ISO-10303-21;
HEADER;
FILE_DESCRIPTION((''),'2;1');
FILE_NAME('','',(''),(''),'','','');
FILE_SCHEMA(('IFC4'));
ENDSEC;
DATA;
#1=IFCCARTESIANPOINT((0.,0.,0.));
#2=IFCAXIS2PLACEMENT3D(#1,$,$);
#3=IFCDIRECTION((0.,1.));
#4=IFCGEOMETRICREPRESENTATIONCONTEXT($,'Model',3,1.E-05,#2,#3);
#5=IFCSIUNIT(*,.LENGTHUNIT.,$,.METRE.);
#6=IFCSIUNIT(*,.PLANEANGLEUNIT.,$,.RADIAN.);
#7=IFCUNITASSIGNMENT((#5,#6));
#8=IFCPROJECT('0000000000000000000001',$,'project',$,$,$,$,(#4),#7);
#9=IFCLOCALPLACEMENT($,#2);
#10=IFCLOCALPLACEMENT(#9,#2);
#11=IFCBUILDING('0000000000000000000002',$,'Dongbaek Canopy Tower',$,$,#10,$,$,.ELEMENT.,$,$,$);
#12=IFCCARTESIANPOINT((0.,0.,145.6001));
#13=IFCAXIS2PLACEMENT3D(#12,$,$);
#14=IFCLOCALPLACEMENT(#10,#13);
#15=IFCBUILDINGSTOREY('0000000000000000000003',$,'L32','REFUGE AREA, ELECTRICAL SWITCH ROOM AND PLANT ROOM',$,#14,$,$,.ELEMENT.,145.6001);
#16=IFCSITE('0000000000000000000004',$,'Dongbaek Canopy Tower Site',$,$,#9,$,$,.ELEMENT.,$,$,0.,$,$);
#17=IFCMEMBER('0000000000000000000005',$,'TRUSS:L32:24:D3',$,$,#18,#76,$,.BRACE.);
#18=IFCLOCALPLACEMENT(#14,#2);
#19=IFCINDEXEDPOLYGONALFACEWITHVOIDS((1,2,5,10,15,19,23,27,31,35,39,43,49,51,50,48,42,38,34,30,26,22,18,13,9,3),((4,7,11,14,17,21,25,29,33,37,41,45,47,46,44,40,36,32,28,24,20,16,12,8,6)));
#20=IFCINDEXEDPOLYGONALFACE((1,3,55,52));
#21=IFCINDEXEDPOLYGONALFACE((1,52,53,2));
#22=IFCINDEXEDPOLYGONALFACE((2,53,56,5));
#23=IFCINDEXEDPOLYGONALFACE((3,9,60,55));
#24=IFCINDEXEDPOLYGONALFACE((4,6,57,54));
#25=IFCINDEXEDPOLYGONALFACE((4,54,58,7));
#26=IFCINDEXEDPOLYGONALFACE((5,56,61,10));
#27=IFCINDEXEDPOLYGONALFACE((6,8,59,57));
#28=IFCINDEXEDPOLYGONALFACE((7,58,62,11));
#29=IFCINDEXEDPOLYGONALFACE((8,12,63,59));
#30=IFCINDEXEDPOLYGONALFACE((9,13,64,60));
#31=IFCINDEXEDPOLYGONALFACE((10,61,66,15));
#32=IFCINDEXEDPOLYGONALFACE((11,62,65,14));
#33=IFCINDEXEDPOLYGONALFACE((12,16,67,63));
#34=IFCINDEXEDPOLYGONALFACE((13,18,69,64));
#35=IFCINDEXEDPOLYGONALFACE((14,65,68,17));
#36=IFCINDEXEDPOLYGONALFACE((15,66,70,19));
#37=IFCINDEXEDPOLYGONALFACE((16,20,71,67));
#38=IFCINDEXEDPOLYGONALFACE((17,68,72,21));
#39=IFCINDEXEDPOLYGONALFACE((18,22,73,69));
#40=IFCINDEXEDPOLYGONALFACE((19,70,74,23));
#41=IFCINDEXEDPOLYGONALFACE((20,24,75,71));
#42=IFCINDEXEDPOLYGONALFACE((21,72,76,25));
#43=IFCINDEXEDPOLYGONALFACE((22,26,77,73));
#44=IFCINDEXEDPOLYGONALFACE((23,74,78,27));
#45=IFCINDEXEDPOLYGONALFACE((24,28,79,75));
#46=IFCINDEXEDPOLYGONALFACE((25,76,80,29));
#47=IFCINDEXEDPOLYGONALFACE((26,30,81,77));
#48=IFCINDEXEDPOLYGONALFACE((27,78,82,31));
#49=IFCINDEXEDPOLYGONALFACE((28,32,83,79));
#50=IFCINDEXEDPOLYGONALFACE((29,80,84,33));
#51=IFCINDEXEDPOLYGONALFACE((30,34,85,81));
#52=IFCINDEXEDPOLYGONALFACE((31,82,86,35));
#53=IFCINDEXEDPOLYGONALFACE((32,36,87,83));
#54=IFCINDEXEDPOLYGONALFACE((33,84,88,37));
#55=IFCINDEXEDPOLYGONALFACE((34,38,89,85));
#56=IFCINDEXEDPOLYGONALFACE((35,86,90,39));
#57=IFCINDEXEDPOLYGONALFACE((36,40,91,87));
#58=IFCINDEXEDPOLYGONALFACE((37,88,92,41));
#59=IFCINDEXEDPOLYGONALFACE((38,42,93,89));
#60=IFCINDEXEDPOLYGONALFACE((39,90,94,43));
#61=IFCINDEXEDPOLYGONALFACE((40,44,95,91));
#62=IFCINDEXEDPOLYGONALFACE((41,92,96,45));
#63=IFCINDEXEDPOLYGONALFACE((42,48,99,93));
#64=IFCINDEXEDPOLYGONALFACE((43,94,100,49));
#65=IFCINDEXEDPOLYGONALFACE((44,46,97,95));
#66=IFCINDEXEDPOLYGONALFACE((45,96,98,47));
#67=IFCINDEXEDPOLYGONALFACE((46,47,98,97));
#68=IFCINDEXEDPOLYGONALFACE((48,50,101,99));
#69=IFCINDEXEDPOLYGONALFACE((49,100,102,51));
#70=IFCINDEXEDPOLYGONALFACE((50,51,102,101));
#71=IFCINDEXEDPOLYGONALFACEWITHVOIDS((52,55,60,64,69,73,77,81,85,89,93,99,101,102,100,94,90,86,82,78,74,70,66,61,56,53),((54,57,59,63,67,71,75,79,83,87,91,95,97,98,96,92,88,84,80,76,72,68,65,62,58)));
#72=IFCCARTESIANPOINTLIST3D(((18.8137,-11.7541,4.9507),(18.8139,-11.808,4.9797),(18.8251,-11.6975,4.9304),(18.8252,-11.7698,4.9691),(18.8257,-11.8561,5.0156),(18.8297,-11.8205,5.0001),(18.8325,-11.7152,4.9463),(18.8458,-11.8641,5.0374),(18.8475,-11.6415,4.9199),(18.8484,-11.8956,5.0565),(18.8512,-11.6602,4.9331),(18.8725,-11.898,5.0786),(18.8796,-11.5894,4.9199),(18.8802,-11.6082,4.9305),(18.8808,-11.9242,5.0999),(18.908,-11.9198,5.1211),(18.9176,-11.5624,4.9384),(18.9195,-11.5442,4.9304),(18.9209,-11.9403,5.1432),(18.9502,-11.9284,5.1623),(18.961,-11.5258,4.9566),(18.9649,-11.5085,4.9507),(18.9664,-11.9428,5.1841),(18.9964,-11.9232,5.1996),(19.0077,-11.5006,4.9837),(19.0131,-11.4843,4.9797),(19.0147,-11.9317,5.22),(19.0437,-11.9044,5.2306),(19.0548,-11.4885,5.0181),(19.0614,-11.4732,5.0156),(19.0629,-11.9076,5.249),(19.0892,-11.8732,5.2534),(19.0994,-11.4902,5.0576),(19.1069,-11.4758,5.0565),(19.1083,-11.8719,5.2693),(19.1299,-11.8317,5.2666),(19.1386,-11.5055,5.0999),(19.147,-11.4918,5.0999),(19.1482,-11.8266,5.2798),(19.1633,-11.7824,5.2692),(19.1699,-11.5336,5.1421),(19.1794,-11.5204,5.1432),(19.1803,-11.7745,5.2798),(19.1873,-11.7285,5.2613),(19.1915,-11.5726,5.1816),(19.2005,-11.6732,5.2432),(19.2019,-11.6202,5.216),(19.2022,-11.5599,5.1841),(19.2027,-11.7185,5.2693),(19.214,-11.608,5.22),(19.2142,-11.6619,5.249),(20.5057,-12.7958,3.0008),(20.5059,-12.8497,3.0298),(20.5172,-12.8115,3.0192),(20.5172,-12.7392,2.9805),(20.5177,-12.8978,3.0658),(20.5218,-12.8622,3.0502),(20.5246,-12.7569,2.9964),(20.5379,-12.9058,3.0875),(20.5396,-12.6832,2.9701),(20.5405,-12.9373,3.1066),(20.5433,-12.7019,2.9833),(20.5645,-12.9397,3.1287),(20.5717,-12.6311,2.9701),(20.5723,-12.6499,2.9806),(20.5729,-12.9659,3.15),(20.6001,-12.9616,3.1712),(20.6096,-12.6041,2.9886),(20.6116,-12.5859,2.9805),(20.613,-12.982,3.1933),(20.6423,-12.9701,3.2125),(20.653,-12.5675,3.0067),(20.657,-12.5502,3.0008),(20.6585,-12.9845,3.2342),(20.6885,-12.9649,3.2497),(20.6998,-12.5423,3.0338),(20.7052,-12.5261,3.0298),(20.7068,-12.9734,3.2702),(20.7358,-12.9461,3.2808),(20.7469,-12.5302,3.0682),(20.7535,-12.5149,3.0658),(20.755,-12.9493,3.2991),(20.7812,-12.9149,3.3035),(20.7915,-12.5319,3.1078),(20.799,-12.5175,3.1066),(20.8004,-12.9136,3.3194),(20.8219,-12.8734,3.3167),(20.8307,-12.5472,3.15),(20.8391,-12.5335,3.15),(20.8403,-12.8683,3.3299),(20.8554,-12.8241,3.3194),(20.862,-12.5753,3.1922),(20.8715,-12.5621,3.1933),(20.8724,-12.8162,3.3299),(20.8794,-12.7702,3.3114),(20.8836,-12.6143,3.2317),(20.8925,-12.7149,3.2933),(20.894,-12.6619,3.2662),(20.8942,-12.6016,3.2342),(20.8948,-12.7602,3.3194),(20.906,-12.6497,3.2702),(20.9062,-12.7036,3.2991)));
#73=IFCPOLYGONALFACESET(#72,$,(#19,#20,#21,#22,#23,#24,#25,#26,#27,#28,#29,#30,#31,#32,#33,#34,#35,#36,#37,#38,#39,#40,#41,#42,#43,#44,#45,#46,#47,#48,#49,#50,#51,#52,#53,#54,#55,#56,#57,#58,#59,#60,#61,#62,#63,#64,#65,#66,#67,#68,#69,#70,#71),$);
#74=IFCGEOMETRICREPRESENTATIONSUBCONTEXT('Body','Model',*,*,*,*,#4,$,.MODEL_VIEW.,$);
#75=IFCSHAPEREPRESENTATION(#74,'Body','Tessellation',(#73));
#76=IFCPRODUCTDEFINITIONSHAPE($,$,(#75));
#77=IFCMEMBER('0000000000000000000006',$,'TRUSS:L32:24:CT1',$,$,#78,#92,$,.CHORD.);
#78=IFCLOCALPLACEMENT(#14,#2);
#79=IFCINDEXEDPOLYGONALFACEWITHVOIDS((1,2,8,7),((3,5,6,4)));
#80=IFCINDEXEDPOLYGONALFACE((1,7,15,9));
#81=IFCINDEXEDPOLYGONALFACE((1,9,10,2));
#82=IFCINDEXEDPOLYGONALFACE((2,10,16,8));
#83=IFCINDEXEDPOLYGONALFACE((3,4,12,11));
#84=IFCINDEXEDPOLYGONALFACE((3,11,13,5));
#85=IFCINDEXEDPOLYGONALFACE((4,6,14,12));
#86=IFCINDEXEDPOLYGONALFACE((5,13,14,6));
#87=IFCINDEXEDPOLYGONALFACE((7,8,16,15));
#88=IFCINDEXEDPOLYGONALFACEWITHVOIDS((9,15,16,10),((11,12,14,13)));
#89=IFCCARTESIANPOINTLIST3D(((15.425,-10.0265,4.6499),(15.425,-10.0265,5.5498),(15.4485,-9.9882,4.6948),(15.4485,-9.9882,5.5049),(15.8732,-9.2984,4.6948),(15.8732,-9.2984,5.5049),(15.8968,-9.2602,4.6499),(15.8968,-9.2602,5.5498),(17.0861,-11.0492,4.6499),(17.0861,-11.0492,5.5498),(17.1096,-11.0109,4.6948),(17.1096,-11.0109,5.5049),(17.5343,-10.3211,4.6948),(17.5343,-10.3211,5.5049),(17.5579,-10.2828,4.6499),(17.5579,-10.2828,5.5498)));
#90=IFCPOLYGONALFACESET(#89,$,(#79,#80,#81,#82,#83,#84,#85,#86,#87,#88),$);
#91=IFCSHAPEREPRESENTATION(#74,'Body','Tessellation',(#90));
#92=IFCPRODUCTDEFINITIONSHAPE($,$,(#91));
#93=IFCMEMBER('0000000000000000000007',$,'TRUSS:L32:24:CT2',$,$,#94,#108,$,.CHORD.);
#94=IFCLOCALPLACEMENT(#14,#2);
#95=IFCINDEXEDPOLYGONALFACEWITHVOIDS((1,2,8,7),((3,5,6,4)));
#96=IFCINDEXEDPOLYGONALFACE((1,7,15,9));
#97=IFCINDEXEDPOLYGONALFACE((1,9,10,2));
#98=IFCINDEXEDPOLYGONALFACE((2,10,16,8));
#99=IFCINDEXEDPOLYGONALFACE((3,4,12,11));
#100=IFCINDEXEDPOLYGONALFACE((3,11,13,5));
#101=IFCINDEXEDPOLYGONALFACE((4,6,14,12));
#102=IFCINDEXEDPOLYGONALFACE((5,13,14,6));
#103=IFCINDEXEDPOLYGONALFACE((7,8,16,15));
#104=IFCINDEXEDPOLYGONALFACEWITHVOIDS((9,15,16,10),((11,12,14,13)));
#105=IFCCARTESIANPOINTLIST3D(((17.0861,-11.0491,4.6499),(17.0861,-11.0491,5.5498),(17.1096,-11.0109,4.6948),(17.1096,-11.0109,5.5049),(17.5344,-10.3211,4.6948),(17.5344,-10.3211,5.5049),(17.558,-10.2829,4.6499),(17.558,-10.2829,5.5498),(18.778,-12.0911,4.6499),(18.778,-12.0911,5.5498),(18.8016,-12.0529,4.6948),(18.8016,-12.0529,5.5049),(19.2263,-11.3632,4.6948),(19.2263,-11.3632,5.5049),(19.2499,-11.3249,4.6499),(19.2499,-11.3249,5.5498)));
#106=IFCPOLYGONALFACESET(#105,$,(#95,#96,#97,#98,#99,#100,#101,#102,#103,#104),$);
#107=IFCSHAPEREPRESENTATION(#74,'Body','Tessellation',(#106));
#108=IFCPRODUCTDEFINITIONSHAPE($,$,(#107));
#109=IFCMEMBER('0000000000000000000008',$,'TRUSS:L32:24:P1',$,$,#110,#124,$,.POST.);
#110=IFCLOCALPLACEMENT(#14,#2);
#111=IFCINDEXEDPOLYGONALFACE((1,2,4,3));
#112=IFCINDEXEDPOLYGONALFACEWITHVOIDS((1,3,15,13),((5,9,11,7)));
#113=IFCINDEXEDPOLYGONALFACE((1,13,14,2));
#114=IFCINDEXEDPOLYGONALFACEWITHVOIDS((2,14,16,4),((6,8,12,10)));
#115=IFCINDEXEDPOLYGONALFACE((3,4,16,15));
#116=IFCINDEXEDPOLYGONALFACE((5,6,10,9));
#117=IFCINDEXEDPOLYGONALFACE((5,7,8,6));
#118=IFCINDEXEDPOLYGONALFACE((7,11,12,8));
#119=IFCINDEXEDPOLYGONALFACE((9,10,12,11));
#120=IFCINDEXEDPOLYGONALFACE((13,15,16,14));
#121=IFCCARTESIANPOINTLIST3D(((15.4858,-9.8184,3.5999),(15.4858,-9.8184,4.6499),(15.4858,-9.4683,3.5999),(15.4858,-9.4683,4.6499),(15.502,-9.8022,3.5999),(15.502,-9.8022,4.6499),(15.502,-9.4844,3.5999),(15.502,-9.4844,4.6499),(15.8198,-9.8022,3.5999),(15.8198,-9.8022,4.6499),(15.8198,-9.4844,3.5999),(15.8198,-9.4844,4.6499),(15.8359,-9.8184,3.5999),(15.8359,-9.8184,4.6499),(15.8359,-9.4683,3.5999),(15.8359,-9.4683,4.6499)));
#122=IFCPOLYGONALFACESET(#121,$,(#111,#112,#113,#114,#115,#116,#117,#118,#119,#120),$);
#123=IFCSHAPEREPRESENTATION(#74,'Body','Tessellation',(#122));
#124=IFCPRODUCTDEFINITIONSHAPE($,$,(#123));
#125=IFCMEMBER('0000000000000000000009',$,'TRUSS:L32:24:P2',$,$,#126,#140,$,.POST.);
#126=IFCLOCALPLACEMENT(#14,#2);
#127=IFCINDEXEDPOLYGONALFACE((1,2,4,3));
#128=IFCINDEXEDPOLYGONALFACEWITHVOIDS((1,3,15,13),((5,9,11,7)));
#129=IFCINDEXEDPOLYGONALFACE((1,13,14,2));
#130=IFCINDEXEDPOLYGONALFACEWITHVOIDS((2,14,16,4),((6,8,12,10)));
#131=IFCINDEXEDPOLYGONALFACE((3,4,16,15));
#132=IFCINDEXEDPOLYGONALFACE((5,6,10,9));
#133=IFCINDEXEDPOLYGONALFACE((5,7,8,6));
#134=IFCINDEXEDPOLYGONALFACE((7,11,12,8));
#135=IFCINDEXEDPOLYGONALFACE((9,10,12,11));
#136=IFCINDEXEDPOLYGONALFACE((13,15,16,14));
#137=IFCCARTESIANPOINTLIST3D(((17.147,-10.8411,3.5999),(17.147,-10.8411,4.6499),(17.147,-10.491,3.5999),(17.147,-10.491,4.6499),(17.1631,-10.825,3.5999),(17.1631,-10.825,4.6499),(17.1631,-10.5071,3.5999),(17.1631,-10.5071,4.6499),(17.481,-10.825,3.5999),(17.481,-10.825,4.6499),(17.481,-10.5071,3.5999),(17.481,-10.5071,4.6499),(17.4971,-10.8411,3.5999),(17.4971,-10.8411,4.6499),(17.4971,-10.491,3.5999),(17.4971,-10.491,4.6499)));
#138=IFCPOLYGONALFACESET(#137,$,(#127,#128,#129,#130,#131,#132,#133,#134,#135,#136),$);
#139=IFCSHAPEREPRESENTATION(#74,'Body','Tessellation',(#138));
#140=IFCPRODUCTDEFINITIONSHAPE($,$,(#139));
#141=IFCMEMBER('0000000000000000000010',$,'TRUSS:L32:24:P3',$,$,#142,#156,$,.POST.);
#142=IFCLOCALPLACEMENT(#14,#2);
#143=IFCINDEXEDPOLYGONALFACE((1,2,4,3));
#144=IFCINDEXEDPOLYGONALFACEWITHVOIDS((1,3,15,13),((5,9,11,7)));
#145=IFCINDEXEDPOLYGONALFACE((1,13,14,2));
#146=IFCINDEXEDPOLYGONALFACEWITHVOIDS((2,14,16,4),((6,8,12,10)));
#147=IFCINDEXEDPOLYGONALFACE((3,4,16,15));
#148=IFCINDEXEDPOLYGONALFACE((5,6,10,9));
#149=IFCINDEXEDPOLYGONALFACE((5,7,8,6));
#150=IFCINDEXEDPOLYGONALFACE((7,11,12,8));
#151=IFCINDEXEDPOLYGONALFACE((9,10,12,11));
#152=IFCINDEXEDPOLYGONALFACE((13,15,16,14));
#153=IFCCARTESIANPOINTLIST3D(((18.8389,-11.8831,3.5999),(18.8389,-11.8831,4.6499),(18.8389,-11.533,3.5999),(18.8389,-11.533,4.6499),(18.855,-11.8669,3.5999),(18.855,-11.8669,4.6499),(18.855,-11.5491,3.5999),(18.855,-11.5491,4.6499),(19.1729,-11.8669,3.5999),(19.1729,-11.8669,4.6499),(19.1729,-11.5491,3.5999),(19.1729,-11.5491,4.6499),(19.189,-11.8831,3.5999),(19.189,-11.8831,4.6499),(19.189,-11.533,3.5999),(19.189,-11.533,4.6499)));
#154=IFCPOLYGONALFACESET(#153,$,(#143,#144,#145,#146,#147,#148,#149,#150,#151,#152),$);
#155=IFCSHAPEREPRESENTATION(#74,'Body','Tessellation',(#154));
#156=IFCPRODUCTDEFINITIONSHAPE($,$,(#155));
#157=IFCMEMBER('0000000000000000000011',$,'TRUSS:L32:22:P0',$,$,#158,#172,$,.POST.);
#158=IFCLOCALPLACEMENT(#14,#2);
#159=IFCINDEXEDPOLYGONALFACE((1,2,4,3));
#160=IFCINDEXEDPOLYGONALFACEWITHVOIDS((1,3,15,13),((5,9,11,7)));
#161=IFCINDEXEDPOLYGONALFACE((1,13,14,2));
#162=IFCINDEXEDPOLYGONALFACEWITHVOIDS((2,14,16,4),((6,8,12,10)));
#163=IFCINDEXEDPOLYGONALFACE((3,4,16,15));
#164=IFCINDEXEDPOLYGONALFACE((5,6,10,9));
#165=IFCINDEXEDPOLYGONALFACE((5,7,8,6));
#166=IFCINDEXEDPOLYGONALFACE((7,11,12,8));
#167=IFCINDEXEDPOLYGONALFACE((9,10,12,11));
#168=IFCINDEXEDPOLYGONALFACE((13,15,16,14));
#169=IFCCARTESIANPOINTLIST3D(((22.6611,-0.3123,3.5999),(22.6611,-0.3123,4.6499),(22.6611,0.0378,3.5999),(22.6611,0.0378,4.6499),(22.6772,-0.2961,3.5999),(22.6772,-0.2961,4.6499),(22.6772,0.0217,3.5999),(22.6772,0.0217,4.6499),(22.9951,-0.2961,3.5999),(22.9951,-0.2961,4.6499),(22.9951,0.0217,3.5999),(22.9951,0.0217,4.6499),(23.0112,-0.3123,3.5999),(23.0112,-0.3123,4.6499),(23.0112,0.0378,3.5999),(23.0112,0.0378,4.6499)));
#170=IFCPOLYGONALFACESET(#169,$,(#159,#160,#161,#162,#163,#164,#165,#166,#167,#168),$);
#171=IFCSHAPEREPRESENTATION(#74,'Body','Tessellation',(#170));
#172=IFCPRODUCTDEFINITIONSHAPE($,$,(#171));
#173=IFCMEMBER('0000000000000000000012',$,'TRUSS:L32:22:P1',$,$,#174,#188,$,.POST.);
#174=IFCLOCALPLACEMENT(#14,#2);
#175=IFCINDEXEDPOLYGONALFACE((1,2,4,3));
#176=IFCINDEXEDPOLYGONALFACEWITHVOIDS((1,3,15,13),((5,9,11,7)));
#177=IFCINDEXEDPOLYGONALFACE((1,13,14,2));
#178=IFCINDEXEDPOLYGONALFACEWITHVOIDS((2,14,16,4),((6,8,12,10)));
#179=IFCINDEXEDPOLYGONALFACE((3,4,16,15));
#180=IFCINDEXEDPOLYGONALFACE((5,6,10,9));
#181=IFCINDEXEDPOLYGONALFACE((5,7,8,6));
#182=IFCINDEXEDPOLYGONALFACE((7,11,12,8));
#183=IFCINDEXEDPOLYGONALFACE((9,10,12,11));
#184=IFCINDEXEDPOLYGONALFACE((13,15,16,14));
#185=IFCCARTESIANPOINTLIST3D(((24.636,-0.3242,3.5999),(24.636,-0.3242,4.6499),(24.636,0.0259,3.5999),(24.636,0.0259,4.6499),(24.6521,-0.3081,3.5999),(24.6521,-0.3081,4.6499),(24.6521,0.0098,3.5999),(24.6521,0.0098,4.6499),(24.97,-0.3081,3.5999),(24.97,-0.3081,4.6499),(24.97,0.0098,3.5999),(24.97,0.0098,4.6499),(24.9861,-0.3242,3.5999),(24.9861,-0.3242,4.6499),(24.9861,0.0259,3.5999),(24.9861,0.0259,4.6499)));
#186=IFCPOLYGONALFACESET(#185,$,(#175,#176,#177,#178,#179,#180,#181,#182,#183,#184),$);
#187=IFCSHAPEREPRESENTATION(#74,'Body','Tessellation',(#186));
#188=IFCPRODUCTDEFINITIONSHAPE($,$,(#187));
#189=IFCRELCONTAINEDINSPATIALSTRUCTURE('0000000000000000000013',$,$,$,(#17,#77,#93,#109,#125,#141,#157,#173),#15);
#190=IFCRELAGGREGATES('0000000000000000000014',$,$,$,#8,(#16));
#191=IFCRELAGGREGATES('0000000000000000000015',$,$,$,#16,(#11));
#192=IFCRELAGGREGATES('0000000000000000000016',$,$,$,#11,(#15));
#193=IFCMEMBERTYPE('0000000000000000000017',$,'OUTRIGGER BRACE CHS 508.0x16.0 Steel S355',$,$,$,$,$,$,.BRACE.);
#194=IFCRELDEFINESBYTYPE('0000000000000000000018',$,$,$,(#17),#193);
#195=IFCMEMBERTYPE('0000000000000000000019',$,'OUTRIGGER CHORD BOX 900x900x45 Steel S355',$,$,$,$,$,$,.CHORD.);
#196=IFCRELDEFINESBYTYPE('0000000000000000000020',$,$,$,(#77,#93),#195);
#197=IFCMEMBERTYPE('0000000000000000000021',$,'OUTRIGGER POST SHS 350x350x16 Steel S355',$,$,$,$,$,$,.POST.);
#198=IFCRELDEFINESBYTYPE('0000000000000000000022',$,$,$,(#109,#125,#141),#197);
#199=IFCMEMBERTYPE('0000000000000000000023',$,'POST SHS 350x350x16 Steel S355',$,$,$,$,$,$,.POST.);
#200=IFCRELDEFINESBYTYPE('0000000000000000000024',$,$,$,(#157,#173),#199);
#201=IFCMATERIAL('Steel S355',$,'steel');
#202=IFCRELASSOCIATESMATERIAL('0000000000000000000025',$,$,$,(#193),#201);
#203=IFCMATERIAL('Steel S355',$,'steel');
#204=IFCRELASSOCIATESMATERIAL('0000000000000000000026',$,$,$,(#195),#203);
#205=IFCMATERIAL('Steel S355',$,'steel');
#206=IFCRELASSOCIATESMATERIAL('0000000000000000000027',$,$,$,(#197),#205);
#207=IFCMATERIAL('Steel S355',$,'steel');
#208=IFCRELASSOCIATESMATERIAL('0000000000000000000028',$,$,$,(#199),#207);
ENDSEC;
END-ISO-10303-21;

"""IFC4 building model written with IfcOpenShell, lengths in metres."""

from ifc_helpers import new_model, si_unit, direction, frame, origin, origin_2d, place, context, subcontext, project, spatial, hollow_rectangle, hollow_circle, extrude, material, material_profile, profile_set, type_object, element, save


model = new_model("IFC4")

# Units and contexts
model_context = context("Model", 3, precision=1e-05, world=origin(), true_north=direction((0.0, 1.0)))
body_context = subcontext(model_context, "Body", "Model", "MODEL_VIEW")
ifc_project = project(units=[si_unit("LENGTHUNIT", "METRE"), si_unit("PLANEANGLEUNIT", "RADIAN")], contexts=[model_context])

# Site, building, storey
site_placement = place(None, origin())
site = spatial("IfcSite", under=ifc_project, at=site_placement, Name="Dongbaek Canopy Tower Site", CompositionType="ELEMENT", RefElevation=0.0)
building_placement = place(site_placement, origin())
building = spatial("IfcBuilding", under=site, at=building_placement, Name="Dongbaek Canopy Tower", CompositionType="ELEMENT")
storey_placement = place(building_placement, frame((0.0, 0.0, 145.6001)))
storey = spatial("IfcBuildingStorey", under=building, at=storey_placement, Name="L32", Description="REFUGE AREA, ELECTRICAL SWITCH ROOM AND PLANT ROOM", CompositionType="ELEMENT", Elevation=145.6001)

# Members
ifc_material_1 = material(Name="Steel S355", Category="steel")
ifc_material_profile_1 = material_profile(ifc_material_1, hollow_circle(Radius=0.2539, WallThickness=0.0161, at=origin_2d()), Name="OUTRIGGER BRACE CHS 508.0x16.0 Steel S355")
ifc_profile_set_1 = profile_set([ifc_material_profile_1], Name="Steel S355")
member_type_1 = type_object("IfcMemberType", Name="OUTRIGGER BRACE CHS 508.0x16.0 Steel S355", PredefinedType="BRACE", material=ifc_profile_set_1)
for number, where, z_axis, x_axis, name in (
    (1, (19.0139, -11.708, 5.0999), (0.6078, -0.374186, -0.700403), (0.524255, 0.851561, 0.0), "TRUSS:L32:24:D3"),
):
    element("IfcMember", number, at=place(storey_placement, frame(where, z_axis=z_axis, x_axis=x_axis)), inside=storey, type_object=member_type_1, Name=name, PredefinedType="BRACE", context=body_context, shape_type="SweptSolid", body=[
        extrude(hollow_circle(Radius=0.2539, WallThickness=0.0161, at=origin_2d()), origin(), (0.0, 0.0, 1.0), 2.7839),
    ])
ifc_material_2 = material(Name="Steel S355", Category="steel")
ifc_material_profile_2 = material_profile(ifc_material_2, hollow_rectangle(XDim=0.8999, YDim=0.8999, WallThickness=0.0449, at=origin_2d()), Name="OUTRIGGER CHORD BOX 900x900x45 Steel S355")
ifc_profile_set_2 = profile_set([ifc_material_profile_2], Name="Steel S355")
member_type_2 = type_object("IfcMemberType", Name="OUTRIGGER CHORD BOX 900x900x45 Steel S355", PredefinedType="CHORD", material=ifc_profile_set_2)
member_1_placement = place(storey_placement, frame((15.6609, -9.6433, 5.0999), z_axis=(0.851551, -0.524272, 0.0), x_axis=(0.524272, 0.851551, 0.0)))
element("IfcMember", 2, at=member_1_placement, inside=storey, type_object=member_type_2, Name="TRUSS:L32:24:CT1", PredefinedType="CHORD", context=body_context, shape_type="SweptSolid", body=[
    extrude(hollow_rectangle(XDim=0.8999, YDim=0.8999, WallThickness=0.0449, at=origin_2d()), origin(), (0.0, 0.0, 1.0), 1.9507),
])
member_2_placement = place(storey_placement, frame((17.322, -10.666, 5.0999), z_axis=(0.851473, -0.524399, 0.0), x_axis=(0.524399, 0.851473, 0.0)))
element("IfcMember", 3, at=member_2_placement, inside=storey, type_object=member_type_2, Name="TRUSS:L32:24:CT2", PredefinedType="CHORD", context=body_context, shape_type="SweptSolid", body=[
    extrude(hollow_rectangle(XDim=0.8999, YDim=0.8999, WallThickness=0.0449, at=origin_2d()), origin(), (0.0, 0.0, 1.0), 1.9871),
])
ifc_material_3 = material(Name="Steel S355", Category="steel")
ifc_material_profile_3 = material_profile(ifc_material_3, hollow_rectangle(XDim=0.3501, YDim=0.3501, WallThickness=0.0161, at=origin_2d()), Name="OUTRIGGER POST SHS 350x350x16 Steel S355")
ifc_profile_set_3 = profile_set([ifc_material_profile_3], Name="Steel S355")
member_type_3 = type_object("IfcMemberType", Name="OUTRIGGER POST SHS 350x350x16 Steel S355", PredefinedType="POST", material=ifc_profile_set_3)
for number, where, z_axis, x_axis, name in (
    (4, (15.6609, -9.6433, 3.5999), (0.0, 0.0, 1.0), (1.0, 0.0, 0.0), "TRUSS:L32:24:P1"),
    (5, (17.322, -10.666, 3.5999), (0.0, 0.0, 1.0), (1.0, 0.0, 0.0), "TRUSS:L32:24:P2"),
    (6, (19.0139, -11.708, 3.5999), (0.0, 0.0, 1.0), (1.0, 0.0, 0.0), "TRUSS:L32:24:P3"),
):
    element("IfcMember", number, at=place(storey_placement, frame(where, z_axis=z_axis, x_axis=x_axis)), inside=storey, type_object=member_type_3, Name=name, PredefinedType="POST", context=body_context, shape_type="SweptSolid", body=[
        extrude(hollow_rectangle(XDim=0.3501, YDim=0.3501, WallThickness=0.0161, at=origin_2d()), origin(), (0.0, 0.0, 1.0), 1.05),
    ])
ifc_material_4 = material(Name="Steel S355", Category="steel")
ifc_material_profile_4 = material_profile(ifc_material_4, hollow_rectangle(XDim=0.3501, YDim=0.3501, WallThickness=0.0161, at=origin_2d()), Name="POST SHS 350x350x16 Steel S355")
ifc_profile_set_4 = profile_set([ifc_material_profile_4], Name="Steel S355")
member_type_4 = type_object("IfcMemberType", Name="POST SHS 350x350x16 Steel S355", PredefinedType="POST", material=ifc_profile_set_4)
for number, where, z_axis, x_axis, name in (
    (7, (22.8362, -0.1372, 3.5999), (0.0, 0.0, 1.0), (1.0, 0.0, 0.0), "TRUSS:L32:22:P0"),
    (8, (24.811, -0.1492, 3.5999), (0.0, 0.0, 1.0), (1.0, 0.0, 0.0), "TRUSS:L32:22:P1"),
):
    element("IfcMember", number, at=place(storey_placement, frame(where, z_axis=z_axis, x_axis=x_axis)), inside=storey, type_object=member_type_4, Name=name, PredefinedType="POST", context=body_context, shape_type="SweptSolid", body=[
        extrude(hollow_rectangle(XDim=0.3501, YDim=0.3501, WallThickness=0.0161, at=origin_2d()), origin(), (0.0, 0.0, 1.0), 1.05),
    ])

save(model, "model.ifc")
